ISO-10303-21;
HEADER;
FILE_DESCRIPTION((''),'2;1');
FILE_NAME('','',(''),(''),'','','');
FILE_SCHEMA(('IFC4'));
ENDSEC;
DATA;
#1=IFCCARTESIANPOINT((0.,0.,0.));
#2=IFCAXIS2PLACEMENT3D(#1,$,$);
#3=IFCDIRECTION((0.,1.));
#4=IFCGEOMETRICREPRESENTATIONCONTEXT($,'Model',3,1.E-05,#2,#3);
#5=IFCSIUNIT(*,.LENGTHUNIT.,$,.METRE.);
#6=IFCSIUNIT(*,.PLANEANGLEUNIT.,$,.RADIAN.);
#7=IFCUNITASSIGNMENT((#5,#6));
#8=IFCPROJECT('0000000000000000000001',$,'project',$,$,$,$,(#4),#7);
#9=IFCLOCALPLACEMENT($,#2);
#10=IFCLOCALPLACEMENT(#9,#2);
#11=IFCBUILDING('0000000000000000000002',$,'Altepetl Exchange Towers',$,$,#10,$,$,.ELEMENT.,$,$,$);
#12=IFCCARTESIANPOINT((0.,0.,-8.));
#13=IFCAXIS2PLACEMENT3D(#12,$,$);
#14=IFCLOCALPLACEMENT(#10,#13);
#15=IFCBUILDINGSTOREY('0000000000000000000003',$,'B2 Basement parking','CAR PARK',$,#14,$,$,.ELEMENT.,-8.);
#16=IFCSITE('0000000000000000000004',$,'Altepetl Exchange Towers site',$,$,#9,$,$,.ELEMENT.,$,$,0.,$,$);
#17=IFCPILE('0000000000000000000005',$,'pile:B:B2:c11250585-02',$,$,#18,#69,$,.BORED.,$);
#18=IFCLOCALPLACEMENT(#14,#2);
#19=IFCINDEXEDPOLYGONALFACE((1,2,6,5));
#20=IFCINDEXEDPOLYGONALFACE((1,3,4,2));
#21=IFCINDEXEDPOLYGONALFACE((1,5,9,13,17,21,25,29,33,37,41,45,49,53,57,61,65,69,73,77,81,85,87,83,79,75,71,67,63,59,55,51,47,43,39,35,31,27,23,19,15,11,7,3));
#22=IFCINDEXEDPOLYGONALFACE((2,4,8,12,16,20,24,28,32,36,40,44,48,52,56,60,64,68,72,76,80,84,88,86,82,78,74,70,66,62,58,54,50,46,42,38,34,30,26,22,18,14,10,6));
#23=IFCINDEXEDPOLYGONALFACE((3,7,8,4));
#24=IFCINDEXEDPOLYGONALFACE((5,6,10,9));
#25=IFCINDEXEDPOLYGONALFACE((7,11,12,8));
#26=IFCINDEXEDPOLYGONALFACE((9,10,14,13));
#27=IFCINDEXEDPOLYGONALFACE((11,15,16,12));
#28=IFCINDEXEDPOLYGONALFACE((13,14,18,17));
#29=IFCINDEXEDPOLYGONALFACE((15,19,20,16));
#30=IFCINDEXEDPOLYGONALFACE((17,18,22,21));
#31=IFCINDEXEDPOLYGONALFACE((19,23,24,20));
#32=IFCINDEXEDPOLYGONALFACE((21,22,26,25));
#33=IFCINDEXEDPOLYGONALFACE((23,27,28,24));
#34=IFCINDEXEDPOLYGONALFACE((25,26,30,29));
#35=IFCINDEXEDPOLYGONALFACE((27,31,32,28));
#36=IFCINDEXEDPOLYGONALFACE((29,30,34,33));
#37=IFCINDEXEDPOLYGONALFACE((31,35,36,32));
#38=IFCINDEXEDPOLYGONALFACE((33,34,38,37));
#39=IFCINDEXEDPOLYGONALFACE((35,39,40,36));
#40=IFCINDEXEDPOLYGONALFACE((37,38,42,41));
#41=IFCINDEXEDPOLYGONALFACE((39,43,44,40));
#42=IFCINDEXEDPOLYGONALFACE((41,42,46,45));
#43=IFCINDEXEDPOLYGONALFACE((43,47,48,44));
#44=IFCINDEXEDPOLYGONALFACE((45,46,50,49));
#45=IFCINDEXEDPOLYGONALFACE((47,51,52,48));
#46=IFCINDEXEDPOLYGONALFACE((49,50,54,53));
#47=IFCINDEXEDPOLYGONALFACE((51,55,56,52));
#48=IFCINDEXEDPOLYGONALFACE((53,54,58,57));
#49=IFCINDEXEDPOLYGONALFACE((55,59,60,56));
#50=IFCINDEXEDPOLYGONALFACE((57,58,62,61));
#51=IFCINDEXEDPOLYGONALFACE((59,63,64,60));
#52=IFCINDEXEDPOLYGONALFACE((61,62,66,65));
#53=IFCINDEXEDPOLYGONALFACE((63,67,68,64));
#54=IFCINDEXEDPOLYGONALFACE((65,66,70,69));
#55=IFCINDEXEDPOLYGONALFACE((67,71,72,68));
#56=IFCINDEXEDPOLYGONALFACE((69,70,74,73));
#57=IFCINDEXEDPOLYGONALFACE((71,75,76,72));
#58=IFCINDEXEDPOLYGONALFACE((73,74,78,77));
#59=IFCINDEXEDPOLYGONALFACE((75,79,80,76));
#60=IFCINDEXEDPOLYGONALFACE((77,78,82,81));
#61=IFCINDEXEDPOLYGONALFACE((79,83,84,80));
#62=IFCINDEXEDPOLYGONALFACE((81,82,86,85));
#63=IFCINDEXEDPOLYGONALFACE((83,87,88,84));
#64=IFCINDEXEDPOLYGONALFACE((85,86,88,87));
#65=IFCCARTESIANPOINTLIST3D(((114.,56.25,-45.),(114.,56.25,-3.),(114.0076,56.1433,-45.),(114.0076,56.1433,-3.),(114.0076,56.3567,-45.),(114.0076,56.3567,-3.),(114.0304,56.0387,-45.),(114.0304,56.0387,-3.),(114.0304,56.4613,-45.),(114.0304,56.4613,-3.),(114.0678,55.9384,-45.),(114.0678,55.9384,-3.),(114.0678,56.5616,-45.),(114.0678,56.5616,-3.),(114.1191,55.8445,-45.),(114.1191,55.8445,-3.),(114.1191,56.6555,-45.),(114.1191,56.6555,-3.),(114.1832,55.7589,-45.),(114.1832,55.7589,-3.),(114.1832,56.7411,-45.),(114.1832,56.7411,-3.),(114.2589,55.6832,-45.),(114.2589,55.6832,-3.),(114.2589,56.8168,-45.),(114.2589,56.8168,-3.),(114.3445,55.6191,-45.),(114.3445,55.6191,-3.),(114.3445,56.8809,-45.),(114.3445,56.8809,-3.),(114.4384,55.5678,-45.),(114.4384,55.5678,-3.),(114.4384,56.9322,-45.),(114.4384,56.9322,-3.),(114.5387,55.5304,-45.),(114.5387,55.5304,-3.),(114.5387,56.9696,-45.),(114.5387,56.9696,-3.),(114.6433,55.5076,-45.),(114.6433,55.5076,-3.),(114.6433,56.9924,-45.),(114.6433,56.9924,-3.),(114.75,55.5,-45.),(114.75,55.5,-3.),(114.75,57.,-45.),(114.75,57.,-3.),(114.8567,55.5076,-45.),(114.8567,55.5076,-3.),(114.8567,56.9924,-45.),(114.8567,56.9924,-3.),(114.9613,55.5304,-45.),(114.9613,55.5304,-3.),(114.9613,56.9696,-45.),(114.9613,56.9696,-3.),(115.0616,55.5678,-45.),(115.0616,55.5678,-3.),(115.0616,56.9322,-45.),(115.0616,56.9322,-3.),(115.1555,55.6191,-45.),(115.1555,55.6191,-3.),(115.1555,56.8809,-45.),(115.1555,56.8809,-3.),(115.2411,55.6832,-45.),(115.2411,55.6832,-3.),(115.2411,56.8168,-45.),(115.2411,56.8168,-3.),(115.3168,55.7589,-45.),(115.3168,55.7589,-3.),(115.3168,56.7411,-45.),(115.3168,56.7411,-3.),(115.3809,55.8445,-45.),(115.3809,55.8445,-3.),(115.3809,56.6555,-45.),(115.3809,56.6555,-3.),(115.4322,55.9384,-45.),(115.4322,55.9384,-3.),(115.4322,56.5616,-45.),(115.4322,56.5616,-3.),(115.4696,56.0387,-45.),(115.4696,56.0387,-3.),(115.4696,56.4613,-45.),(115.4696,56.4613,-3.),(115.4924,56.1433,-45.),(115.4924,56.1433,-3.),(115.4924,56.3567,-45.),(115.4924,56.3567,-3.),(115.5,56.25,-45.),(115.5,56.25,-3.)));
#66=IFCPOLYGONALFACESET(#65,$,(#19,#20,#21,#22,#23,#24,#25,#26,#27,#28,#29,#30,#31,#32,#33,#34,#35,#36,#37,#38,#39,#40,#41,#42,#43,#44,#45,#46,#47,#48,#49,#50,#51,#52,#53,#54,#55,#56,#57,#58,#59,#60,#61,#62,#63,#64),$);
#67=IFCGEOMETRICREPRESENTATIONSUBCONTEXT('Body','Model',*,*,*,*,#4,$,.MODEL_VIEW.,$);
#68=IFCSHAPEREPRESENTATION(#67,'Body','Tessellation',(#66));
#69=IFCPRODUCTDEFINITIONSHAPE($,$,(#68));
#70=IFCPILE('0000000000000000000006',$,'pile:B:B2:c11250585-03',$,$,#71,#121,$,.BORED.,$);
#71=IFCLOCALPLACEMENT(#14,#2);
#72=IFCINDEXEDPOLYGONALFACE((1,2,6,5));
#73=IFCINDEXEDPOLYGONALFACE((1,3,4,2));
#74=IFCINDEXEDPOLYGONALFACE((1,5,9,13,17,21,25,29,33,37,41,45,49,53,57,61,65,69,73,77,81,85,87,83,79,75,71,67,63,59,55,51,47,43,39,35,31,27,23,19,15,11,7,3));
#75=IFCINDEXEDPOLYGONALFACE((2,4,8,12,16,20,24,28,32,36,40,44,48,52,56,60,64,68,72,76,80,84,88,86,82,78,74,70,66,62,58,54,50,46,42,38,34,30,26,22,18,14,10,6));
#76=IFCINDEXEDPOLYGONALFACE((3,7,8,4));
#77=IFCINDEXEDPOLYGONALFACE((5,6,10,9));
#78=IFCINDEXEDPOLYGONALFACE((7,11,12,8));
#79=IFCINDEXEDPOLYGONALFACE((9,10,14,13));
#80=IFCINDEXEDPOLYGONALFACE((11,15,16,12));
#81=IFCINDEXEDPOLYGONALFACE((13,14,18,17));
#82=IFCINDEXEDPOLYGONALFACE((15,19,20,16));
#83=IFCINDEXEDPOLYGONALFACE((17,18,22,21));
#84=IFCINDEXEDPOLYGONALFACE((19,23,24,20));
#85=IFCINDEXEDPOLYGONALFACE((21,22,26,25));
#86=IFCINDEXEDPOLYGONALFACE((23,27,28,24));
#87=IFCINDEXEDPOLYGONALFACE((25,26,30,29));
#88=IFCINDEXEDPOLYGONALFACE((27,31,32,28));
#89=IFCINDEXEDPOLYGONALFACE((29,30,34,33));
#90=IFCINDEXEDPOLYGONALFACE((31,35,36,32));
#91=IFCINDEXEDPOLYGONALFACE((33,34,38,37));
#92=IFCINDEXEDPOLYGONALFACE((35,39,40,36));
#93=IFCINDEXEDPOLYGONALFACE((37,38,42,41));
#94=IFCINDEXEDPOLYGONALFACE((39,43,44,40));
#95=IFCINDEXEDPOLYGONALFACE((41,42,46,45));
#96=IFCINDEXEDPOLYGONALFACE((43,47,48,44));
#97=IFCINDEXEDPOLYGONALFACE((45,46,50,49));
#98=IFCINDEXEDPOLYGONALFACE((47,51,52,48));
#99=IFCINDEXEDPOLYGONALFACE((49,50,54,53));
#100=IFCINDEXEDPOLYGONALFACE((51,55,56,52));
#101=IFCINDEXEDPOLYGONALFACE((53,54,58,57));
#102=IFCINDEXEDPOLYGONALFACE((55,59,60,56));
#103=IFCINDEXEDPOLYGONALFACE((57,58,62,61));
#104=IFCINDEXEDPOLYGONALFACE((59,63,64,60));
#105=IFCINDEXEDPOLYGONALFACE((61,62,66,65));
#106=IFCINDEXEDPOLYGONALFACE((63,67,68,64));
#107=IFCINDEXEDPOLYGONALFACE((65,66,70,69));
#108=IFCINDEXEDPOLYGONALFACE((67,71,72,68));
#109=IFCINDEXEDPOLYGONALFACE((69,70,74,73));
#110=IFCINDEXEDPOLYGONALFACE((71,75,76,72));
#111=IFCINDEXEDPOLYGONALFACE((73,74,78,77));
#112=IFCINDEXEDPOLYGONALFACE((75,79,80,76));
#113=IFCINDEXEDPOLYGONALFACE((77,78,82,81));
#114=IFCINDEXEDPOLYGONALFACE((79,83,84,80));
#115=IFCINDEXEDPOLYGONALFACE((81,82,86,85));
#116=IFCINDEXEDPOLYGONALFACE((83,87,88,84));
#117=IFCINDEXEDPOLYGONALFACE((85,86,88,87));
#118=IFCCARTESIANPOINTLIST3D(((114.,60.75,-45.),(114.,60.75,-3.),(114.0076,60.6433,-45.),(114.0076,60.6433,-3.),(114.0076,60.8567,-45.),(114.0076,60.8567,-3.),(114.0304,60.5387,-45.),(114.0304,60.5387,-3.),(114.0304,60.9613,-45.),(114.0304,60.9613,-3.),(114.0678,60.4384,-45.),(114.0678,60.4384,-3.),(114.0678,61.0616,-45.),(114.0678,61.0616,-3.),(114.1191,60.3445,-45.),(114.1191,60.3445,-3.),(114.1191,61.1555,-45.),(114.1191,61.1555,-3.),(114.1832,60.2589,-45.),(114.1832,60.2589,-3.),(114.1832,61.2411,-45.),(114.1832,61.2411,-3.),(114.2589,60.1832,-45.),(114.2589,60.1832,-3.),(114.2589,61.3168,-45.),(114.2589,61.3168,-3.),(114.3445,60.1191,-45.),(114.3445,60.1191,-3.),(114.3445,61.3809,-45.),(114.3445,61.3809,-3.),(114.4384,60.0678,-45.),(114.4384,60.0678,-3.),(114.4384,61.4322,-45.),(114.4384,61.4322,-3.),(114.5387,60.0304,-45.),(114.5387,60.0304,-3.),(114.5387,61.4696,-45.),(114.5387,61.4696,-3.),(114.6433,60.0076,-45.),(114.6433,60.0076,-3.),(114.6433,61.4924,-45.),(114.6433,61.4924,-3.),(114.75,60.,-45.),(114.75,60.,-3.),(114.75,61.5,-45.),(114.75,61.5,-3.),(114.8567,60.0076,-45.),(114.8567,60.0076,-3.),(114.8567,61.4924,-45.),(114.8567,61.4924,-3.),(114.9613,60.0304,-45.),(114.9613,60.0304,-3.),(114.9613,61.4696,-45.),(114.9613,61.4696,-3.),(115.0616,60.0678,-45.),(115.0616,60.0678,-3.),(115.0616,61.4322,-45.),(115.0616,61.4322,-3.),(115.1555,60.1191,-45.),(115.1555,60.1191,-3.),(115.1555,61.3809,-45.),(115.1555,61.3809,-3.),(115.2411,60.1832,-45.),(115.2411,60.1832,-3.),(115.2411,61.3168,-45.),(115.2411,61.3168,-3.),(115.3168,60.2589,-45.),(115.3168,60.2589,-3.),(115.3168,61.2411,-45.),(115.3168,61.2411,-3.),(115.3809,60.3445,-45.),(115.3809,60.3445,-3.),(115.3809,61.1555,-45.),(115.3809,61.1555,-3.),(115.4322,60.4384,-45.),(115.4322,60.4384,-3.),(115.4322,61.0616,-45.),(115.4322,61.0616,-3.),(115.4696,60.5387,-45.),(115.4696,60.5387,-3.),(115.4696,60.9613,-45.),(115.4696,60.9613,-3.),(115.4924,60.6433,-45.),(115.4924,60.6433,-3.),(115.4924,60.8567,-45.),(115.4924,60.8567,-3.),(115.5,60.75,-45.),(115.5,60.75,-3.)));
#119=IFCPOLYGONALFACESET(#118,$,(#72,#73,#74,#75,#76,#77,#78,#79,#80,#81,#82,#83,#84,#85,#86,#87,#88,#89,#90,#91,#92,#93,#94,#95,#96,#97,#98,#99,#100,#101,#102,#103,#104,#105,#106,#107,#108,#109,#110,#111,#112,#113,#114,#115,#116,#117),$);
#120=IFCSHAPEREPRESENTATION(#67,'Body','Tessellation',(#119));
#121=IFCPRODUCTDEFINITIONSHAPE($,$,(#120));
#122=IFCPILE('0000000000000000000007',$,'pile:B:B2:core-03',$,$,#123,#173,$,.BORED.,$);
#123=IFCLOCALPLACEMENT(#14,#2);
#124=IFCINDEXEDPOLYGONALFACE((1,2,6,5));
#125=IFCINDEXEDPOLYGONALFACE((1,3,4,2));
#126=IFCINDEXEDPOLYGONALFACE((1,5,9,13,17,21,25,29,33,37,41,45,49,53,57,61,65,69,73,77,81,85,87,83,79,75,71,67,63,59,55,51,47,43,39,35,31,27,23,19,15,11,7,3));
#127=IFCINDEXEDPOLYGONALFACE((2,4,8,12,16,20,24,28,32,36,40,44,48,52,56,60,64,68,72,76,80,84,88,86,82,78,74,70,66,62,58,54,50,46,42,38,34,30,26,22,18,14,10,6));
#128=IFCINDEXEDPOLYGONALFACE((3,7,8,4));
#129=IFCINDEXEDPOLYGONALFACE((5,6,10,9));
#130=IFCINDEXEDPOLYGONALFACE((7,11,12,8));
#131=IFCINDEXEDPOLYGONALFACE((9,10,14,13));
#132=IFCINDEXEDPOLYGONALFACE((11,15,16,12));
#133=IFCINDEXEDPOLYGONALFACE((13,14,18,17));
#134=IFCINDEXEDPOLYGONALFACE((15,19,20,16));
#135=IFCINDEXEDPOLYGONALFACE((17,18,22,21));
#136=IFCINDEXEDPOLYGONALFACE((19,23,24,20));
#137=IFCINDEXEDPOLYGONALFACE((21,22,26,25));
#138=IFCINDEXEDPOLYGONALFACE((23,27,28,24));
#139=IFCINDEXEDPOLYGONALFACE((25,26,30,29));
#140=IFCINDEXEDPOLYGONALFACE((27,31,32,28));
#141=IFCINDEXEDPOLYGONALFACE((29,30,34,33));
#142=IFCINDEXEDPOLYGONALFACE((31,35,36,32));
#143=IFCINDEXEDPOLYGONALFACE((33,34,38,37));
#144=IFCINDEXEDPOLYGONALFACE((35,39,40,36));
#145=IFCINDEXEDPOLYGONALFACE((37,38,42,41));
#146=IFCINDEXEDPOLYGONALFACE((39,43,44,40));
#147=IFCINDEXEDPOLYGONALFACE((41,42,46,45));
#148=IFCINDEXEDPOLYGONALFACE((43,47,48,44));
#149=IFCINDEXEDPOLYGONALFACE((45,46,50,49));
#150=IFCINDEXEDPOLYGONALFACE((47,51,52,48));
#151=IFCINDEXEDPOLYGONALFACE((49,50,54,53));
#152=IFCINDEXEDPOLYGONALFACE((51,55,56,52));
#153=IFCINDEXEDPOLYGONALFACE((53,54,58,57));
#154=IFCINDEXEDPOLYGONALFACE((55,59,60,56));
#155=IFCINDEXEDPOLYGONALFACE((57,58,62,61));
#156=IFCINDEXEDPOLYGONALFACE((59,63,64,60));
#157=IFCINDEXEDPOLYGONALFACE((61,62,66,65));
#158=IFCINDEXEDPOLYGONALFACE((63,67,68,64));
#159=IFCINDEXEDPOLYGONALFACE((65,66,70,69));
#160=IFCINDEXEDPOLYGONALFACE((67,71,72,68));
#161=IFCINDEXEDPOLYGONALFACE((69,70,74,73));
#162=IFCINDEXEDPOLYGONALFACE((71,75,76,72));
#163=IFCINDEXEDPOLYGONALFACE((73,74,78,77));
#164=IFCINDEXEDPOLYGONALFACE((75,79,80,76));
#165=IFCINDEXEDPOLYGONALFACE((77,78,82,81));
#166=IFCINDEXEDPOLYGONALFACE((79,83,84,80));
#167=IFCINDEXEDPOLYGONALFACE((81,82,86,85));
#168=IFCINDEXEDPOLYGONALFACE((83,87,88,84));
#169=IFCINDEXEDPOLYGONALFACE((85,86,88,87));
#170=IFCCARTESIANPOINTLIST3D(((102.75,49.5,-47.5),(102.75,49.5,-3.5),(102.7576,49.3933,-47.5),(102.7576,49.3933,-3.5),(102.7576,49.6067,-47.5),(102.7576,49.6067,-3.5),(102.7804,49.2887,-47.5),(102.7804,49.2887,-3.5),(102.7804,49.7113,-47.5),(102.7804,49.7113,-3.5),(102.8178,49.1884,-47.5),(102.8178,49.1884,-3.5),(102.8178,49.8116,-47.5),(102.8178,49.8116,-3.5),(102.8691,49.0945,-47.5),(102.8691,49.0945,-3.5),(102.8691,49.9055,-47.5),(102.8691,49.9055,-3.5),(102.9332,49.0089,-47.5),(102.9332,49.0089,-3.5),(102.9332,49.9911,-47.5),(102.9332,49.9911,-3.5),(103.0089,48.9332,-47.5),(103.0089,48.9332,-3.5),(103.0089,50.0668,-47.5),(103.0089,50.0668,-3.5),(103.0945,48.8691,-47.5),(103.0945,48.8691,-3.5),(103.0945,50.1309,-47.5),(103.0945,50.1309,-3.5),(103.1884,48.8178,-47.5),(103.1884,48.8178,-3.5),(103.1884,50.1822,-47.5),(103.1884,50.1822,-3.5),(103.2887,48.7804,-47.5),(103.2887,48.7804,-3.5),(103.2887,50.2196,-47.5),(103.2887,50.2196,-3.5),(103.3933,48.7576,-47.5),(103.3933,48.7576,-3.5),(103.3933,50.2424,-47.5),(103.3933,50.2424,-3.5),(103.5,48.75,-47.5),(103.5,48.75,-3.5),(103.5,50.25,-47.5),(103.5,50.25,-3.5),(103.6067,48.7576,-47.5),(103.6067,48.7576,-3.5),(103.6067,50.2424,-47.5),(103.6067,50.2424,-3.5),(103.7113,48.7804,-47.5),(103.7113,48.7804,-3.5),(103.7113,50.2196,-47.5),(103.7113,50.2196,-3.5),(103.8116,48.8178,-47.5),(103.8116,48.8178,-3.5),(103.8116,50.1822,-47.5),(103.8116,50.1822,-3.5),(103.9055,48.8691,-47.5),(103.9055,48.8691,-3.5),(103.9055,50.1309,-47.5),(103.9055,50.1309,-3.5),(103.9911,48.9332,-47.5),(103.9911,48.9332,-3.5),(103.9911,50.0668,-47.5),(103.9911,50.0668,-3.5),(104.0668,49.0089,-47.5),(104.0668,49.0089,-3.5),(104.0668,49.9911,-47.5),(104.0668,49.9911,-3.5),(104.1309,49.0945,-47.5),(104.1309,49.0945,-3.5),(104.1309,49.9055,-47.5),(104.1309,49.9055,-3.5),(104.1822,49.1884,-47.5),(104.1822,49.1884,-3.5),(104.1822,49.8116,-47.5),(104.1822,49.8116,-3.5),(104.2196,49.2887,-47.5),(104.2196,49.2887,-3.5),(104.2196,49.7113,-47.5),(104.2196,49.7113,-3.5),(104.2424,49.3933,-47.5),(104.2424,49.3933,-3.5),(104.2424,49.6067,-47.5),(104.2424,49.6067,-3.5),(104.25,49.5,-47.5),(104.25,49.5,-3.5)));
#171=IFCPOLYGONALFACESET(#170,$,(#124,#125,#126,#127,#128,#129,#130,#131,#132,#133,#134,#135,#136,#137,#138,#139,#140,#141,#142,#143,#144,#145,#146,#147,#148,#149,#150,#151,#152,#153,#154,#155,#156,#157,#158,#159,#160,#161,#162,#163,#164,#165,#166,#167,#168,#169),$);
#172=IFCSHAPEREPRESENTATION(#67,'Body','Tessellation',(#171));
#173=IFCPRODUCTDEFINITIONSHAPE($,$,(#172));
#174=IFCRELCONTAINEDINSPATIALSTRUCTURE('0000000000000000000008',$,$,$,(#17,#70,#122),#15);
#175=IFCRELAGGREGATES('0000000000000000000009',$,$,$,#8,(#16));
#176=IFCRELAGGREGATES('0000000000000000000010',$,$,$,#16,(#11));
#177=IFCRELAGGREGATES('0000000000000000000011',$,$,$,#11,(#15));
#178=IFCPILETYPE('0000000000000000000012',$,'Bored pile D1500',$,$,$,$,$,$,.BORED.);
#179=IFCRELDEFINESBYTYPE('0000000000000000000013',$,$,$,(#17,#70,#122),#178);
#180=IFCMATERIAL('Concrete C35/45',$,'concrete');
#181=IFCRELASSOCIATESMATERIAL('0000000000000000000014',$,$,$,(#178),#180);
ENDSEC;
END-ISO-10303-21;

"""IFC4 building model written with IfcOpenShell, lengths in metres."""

from ifc_helpers import new_model, si_unit, direction, frame, origin, origin_2d, place, context, subcontext, project, spatial, circle, extrude, material, material_profile, profile_set, type_object, element, save


model = new_model("IFC4")

# Units and contexts
model_context = context("Model", 3, precision=1e-05, world=origin(), true_north=direction((0.0, 1.0)))
body_context = subcontext(model_context, "Body", "Model", "MODEL_VIEW")
ifc_project = project(units=[si_unit("LENGTHUNIT", "METRE"), si_unit("PLANEANGLEUNIT", "RADIAN")], contexts=[model_context])

# Site, building, storey
site_placement = place(None, origin())
site = spatial("IfcSite", under=ifc_project, at=site_placement, Name="Altepetl Exchange Towers site", CompositionType="ELEMENT", RefElevation=0.0)
building_placement = place(site_placement, origin())
building = spatial("IfcBuilding", under=site, at=building_placement, Name="Altepetl Exchange Towers", CompositionType="ELEMENT")
storey_placement = place(building_placement, frame((0.0, 0.0, -8.0)))
storey = spatial("IfcBuildingStorey", under=building, at=storey_placement, Name="B2 Basement parking", Description="CAR PARK", CompositionType="ELEMENT", Elevation=-8.0)

# Piles
ifc_material_1 = material(Name="Concrete C35/45", Category="concrete")
ifc_material_profile_1 = material_profile(ifc_material_1, circle(Radius=0.75, at=origin_2d()), Name="D1500")
ifc_profile_set_1 = profile_set([ifc_material_profile_1], Name="Concrete C35/45")
pile_type = type_object("IfcPileType", Name="Bored pile D1500", PredefinedType="BORED", material=ifc_profile_set_1)
for number, where, z_axis, x_axis, name in (
    (1, (114.75, 56.25, -3.0), (0.0, 0.0, -1.0), (1.0, 0.0, 0.0), "pile:B:B2:c11250585-02"),
    (2, (114.75, 60.75, -3.0), (0.0, 0.0, -1.0), (1.0, 0.0, 0.0), "pile:B:B2:c11250585-03"),
):
    element("IfcPile", number, at=place(storey_placement, frame(where, z_axis=z_axis, x_axis=x_axis)), inside=storey, type_object=pile_type, Name=name, PredefinedType="BORED", context=body_context, shape_type="SweptSolid", body=[
        extrude(circle(Radius=0.75, at=origin_2d()), origin(), (0.0, 0.0, 1.0), 42.0),
    ])
for number, where, z_axis, x_axis, name in (
    (3, (103.5, 49.5, -3.5), (0.0, 0.0, -1.0), (1.0, 0.0, 0.0), "pile:B:B2:core-03"),
):
    element("IfcPile", number, at=place(storey_placement, frame(where, z_axis=z_axis, x_axis=x_axis)), inside=storey, type_object=pile_type, Name=name, PredefinedType="BORED", context=body_context, shape_type="SweptSolid", body=[
        extrude(circle(Radius=0.75, at=origin_2d()), origin(), (0.0, 0.0, 1.0), 44.0),
    ])

save(model, "model.ifc")
